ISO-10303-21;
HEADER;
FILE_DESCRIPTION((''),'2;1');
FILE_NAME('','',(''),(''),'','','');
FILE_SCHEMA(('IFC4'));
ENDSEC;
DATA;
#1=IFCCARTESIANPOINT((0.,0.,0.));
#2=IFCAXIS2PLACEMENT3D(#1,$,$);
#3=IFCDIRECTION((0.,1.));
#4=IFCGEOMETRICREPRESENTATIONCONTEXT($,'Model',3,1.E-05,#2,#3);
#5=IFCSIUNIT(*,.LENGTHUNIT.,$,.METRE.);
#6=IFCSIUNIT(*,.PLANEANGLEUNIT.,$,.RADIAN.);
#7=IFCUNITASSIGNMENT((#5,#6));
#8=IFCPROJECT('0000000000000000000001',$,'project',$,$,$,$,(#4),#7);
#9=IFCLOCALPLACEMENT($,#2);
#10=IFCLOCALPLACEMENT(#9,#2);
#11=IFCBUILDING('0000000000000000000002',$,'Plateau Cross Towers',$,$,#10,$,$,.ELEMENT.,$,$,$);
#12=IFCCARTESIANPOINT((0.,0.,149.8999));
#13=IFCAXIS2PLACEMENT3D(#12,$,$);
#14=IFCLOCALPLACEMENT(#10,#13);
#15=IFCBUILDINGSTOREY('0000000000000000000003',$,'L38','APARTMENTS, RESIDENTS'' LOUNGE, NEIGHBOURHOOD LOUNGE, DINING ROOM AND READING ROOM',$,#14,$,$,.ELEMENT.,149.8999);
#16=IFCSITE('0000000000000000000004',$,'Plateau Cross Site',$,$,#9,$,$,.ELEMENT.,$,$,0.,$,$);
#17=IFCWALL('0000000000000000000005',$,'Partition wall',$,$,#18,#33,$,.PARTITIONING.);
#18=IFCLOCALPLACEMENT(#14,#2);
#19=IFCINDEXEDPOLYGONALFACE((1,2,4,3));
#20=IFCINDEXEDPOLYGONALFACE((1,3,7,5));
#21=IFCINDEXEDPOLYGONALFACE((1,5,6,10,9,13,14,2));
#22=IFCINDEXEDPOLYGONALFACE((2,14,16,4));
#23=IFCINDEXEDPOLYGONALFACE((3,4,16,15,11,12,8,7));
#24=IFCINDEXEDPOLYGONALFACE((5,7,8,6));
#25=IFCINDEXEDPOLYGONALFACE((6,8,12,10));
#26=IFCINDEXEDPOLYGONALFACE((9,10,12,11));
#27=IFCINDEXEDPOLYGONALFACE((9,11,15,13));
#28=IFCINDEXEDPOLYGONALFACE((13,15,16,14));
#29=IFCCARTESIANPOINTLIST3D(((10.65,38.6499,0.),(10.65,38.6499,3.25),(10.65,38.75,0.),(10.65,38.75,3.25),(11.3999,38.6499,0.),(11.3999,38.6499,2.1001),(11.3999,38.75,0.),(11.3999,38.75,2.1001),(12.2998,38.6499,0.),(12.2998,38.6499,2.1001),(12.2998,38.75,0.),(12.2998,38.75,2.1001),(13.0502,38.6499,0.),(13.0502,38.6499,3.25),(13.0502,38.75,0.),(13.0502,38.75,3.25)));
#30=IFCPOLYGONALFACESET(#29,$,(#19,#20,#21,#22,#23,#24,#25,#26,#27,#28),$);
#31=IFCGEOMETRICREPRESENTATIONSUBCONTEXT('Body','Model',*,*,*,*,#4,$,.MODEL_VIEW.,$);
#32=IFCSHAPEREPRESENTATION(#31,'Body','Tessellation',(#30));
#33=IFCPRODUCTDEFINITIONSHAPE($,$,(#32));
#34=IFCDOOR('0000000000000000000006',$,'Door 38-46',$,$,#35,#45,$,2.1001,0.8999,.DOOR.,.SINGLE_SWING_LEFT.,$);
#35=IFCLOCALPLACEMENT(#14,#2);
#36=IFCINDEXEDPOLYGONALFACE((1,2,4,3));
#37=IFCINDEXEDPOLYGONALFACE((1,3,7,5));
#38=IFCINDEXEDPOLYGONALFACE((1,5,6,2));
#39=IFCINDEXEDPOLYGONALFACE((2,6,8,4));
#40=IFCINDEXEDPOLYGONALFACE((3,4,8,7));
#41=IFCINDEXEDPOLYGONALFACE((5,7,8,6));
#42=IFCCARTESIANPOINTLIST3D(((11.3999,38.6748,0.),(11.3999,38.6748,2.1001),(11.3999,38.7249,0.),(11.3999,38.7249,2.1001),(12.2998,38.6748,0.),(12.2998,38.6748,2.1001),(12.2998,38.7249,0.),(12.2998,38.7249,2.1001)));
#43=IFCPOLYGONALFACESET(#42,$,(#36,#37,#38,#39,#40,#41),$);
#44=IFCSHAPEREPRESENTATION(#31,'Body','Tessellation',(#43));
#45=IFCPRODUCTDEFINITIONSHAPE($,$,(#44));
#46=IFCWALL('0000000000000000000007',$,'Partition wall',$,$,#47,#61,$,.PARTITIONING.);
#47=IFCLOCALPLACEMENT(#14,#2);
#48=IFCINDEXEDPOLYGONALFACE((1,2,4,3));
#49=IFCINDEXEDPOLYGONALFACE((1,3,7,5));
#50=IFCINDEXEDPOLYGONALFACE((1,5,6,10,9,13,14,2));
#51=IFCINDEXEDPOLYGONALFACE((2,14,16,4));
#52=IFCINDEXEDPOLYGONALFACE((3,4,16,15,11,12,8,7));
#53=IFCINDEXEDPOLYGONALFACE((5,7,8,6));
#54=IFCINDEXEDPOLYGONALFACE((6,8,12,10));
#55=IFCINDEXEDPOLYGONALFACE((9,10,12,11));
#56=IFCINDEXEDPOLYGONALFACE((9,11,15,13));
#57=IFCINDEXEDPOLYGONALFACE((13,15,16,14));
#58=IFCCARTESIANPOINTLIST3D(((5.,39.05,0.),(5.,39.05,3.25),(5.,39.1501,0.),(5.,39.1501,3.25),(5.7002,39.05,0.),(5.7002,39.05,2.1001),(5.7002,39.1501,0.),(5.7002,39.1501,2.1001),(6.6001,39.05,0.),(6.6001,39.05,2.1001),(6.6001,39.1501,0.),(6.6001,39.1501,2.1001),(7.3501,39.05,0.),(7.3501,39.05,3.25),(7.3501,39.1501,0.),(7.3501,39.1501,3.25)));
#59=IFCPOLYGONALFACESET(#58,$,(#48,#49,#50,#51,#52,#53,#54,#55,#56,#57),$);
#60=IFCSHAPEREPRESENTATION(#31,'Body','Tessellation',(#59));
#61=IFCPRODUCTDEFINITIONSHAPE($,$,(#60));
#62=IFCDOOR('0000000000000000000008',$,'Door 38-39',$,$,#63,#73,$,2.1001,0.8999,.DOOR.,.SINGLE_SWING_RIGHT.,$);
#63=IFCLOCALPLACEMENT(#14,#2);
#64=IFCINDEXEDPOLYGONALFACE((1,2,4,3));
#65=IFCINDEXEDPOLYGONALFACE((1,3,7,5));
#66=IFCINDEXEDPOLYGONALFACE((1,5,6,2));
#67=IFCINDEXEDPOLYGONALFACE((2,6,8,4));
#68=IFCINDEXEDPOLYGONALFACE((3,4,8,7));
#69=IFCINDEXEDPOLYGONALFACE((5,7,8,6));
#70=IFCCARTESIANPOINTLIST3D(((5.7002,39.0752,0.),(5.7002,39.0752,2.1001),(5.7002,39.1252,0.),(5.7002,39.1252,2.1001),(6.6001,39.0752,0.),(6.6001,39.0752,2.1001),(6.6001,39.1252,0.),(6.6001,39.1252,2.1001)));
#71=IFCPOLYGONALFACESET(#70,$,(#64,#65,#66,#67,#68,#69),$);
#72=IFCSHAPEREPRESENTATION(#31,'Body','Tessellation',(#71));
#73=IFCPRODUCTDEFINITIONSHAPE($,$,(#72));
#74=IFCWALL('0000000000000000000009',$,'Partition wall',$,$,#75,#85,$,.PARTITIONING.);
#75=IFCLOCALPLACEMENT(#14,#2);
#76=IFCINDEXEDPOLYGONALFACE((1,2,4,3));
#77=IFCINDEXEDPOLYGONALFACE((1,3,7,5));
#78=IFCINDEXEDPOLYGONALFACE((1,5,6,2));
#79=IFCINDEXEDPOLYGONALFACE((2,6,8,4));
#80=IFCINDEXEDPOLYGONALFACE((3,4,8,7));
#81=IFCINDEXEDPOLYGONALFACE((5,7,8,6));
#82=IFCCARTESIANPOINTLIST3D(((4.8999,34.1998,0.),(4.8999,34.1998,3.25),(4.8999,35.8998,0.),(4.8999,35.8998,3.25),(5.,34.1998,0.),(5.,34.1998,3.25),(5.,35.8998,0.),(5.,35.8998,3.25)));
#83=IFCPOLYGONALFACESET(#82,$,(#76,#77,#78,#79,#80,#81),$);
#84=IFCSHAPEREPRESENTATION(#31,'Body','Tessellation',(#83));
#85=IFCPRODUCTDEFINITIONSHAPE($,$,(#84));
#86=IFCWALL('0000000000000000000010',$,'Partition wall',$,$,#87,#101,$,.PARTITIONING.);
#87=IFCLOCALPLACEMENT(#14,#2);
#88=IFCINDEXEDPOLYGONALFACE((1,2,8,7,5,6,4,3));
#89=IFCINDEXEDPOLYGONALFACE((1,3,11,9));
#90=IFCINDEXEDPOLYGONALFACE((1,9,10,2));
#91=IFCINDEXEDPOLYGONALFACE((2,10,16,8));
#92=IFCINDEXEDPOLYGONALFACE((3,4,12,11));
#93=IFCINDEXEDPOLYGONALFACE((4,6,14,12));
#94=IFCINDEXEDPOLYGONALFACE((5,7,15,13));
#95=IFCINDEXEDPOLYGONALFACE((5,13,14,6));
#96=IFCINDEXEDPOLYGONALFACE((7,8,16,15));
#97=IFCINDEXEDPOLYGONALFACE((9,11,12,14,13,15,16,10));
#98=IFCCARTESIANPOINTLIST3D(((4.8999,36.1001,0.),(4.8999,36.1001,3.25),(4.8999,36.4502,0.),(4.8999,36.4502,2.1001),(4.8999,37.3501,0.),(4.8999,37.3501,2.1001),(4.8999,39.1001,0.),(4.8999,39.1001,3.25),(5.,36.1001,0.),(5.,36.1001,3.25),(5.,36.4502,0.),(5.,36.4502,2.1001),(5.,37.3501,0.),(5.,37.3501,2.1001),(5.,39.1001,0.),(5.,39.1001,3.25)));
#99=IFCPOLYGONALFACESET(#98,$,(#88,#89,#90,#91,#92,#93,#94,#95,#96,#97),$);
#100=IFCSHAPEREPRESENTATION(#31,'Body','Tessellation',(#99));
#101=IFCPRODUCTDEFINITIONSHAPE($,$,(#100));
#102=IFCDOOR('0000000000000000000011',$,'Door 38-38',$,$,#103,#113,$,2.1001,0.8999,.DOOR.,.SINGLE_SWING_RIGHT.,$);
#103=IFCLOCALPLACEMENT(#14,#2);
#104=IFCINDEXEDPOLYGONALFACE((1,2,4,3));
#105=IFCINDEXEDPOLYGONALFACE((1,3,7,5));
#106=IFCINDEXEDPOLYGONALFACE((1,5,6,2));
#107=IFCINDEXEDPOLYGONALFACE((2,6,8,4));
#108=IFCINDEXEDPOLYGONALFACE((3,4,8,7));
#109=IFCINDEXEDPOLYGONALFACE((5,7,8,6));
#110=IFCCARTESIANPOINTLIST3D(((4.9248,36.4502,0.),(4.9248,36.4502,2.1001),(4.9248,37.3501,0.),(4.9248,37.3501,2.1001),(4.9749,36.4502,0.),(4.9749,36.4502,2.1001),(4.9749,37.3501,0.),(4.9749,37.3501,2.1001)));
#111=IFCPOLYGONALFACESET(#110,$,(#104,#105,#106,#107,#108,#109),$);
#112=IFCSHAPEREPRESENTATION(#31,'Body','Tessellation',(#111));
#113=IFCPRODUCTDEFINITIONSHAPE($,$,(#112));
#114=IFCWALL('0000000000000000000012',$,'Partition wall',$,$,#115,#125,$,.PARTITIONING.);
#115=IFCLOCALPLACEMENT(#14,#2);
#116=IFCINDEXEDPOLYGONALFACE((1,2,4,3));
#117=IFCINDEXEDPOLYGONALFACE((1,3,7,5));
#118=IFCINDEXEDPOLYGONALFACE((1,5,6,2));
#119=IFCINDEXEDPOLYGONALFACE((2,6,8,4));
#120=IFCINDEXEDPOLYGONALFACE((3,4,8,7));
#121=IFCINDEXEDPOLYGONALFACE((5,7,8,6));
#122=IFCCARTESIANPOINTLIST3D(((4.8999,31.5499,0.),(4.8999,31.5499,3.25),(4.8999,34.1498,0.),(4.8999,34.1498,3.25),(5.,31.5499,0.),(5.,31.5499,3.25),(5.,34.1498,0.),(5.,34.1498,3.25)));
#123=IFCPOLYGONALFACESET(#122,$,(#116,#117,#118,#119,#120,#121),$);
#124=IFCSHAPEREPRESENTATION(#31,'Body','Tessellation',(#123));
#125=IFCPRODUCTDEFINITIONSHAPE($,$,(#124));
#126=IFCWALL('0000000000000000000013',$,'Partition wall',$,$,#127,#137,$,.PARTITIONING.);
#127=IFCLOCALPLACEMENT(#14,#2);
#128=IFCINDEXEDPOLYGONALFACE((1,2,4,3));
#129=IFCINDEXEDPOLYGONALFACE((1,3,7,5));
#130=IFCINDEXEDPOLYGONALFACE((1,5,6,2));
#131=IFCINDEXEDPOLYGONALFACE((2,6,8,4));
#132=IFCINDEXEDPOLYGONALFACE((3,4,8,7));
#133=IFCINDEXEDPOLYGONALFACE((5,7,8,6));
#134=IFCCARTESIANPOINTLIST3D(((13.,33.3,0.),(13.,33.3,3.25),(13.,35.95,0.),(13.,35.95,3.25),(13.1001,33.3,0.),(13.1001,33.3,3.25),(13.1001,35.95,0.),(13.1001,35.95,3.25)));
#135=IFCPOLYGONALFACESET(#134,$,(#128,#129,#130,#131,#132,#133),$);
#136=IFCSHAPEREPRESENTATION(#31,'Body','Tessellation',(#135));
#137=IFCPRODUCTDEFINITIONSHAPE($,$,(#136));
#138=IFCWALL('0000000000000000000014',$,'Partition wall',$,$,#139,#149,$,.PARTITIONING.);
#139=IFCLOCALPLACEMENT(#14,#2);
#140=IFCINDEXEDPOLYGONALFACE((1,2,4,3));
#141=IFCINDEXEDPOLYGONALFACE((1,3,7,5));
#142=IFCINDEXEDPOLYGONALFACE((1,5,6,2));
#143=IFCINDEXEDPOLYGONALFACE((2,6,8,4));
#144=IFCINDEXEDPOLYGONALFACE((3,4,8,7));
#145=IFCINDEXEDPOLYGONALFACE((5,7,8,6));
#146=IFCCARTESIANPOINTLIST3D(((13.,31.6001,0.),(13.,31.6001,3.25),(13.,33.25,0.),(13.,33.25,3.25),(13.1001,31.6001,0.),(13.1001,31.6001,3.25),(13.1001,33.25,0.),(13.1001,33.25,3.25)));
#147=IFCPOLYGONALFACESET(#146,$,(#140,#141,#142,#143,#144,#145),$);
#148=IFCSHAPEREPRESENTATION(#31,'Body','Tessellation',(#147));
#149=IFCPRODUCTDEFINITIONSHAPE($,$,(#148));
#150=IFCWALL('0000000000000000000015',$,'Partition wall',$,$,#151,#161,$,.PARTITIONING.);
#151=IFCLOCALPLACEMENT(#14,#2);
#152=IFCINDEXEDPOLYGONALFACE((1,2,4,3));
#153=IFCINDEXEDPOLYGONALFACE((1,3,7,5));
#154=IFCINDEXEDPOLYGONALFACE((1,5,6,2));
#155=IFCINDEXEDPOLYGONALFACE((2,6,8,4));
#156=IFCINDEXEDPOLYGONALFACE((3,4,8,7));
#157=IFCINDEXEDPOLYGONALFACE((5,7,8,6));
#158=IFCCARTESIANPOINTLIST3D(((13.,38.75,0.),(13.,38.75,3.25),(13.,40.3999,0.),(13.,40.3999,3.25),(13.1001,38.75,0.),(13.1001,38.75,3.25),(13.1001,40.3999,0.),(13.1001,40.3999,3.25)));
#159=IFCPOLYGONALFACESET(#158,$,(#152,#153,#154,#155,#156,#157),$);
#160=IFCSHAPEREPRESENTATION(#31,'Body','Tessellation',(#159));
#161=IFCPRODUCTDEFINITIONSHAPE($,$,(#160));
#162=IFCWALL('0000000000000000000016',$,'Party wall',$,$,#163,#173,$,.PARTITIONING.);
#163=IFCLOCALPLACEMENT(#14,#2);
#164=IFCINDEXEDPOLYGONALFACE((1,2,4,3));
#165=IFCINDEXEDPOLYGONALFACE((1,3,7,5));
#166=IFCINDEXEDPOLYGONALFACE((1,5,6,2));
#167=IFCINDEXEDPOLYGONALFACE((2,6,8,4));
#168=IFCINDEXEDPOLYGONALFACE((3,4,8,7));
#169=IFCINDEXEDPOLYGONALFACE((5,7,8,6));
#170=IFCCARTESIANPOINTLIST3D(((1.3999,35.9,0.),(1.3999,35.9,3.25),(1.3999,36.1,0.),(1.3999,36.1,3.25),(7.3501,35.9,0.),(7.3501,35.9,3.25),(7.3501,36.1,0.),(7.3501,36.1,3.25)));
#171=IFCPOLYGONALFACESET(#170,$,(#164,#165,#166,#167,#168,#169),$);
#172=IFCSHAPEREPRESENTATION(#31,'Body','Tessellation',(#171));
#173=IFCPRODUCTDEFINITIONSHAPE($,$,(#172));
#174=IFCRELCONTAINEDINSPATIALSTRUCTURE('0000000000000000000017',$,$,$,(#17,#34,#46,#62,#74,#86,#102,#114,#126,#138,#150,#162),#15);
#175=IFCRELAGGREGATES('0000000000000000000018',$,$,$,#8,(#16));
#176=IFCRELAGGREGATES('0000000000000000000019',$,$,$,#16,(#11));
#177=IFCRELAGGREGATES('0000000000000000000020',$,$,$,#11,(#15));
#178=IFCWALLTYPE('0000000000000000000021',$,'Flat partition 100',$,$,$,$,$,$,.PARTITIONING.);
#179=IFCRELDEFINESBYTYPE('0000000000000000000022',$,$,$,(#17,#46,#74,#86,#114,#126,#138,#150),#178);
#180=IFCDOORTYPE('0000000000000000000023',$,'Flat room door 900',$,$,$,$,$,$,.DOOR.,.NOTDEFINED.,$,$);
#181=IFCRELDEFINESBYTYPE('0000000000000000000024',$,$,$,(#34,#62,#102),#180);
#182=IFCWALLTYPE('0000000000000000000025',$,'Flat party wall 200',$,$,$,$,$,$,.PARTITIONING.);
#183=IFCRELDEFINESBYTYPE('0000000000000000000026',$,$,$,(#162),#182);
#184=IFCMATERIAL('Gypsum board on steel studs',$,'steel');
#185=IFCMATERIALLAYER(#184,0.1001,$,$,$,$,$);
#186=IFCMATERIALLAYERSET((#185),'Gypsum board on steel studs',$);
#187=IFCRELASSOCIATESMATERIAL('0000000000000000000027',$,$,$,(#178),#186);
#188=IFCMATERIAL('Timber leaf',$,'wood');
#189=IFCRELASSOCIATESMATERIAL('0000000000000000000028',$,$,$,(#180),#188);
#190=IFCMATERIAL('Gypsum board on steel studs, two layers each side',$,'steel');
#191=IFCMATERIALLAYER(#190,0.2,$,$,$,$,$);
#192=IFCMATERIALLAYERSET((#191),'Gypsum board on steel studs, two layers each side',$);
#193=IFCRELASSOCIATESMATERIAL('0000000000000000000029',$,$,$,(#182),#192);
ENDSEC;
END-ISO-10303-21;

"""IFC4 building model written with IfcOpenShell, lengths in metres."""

from ifc_helpers import new_model, si_unit, direction, frame, frame_2d, origin, place, context, subcontext, project, spatial, rectangle, extrude, material, layer, layer_set, type_object, element, fill, save


model = new_model("IFC4")

# Units and contexts
model_context = context("Model", 3, precision=1e-05, world=origin(), true_north=direction((0.0, 1.0)))
body_context = subcontext(model_context, "Body", "Model", "MODEL_VIEW")
ifc_project = project(units=[si_unit("LENGTHUNIT", "METRE"), si_unit("PLANEANGLEUNIT", "RADIAN")], contexts=[model_context])

# Site, building, storey
site_placement = place(None, origin())
site = spatial("IfcSite", under=ifc_project, at=site_placement, Name="Plateau Cross Site", CompositionType="ELEMENT", RefElevation=0.0)
building_placement = place(site_placement, origin())
building = spatial("IfcBuilding", under=site, at=building_placement, Name="Plateau Cross Towers", CompositionType="ELEMENT")
storey_placement = place(building_placement, frame((0.0, 0.0, 149.8999)))
storey = spatial("IfcBuildingStorey", under=building, at=storey_placement, Name="L38", Description="APARTMENTS, RESIDENTS' LOUNGE, NEIGHBOURHOOD LOUNGE, DINING ROOM AND READING ROOM", CompositionType="ELEMENT", Elevation=149.8999)

# Shared definitions
ifc_material_1 = material(Name="Gypsum board on steel studs", Category="steel")
ifc_layer_1 = layer(ifc_material_1, 0.1001)
ifc_layer_set_1 = layer_set([ifc_layer_1], Name="Gypsum board on steel studs")
wall_type_1 = type_object("IfcWallType", Name="Flat partition 100", PredefinedType="PARTITIONING", material=ifc_layer_set_1)
ifc_material_2 = material(Name="Timber leaf", Category="wood")
door_type_1 = type_object("IfcDoorType", Name="Flat room door 900", OperationType="NOTDEFINED", PredefinedType="DOOR", material=ifc_material_2)

# Walls, openings, doors
wall_1_placement = place(storey_placement, frame((10.6499, 38.7, 0.0), z_axis=(0.0, 0.0, 1.0), x_axis=(1.0, 0.0, 0.0)))
wall_1 = element("IfcWall", 1, at=wall_1_placement, inside=storey, type_object=wall_type_1, Name="Partition wall", PredefinedType="PARTITIONING", context=body_context, shape_type="SweptSolid", body=[
    extrude(rectangle(XDim=2.4001, YDim=0.1001, at=frame_2d((1.2002, 0.0))), origin(), (0.0, 0.0, 1.0), 3.25),
])
opening_1_placement = place(wall_1_placement, frame((0.75, 0.0, 0.0)))
opening_1 = element("IfcOpeningElement", 2, at=opening_1_placement, cuts=wall_1, PredefinedType="OPENING", context=body_context, shape_type="SweptSolid", body=[
    extrude(rectangle(XDim=0.8999, YDim=2.1001, at=frame_2d((0.45, 1.05))), frame((0.0, 0.0601, 0.0), z_axis=(0.0, -1.0, 0.0), x_axis=(1.0, 0.0, 0.0)), (0.0, 0.0, 1.0), 0.1201),
])
door_1_placement = place(opening_1_placement, origin())
door_1 = element("IfcDoor", 3, at=door_1_placement, inside=storey, type_object=door_type_1, Name="Door 38-46", OperationType="SINGLE_SWING_LEFT", OverallHeight=2.1001, OverallWidth=0.8999, PredefinedType="DOOR", context=body_context, shape_type="SweptSolid", body=[
    extrude(rectangle(XDim=0.8999, YDim=2.1001, at=frame_2d((0.45, 1.05))), frame((0.0, 0.0249, 0.0), z_axis=(0.0, -1.0, 0.0), x_axis=(1.0, 0.0, 0.0)), (0.0, 0.0, 1.0), 0.05),
])
fill(opening_1, door_1)
wall_2_placement = place(storey_placement, frame((7.3501, 39.1001, 0.0), z_axis=(0.0, 0.0, 1.0), x_axis=(-1.0, 0.0, 0.0)))
wall_2 = element("IfcWall", 4, at=wall_2_placement, inside=storey, type_object=wall_type_1, Name="Partition wall", PredefinedType="PARTITIONING", context=body_context, shape_type="SweptSolid", body=[
    extrude(rectangle(XDim=2.3501, YDim=0.1001, at=frame_2d((1.175, 0.0))), origin(), (0.0, 0.0, 1.0), 3.25),
])
opening_2_placement = place(wall_2_placement, frame((0.75, 0.0, 0.0)))
opening_2 = element("IfcOpeningElement", 5, at=opening_2_placement, cuts=wall_2, PredefinedType="OPENING", context=body_context, shape_type="SweptSolid", body=[
    extrude(rectangle(XDim=0.8999, YDim=2.1001, at=frame_2d((0.45, 1.05))), frame((0.0, 0.0601, 0.0), z_axis=(0.0, -1.0, 0.0), x_axis=(1.0, 0.0, 0.0)), (0.0, 0.0, 1.0), 0.1201),
])
door_2_placement = place(opening_2_placement, origin())
door_2 = element("IfcDoor", 6, at=door_2_placement, inside=storey, type_object=door_type_1, Name="Door 38-39", OperationType="SINGLE_SWING_RIGHT", OverallHeight=2.1001, OverallWidth=0.8999, PredefinedType="DOOR", context=body_context, shape_type="SweptSolid", body=[
    extrude(rectangle(XDim=0.8999, YDim=2.1001, at=frame_2d((0.45, 1.05))), frame((0.0, 0.0249, 0.0), z_axis=(0.0, -1.0, 0.0), x_axis=(1.0, 0.0, 0.0)), (0.0, 0.0, 1.0), 0.05),
])
fill(opening_2, door_2)

# Wall
wall_3_placement = place(storey_placement, frame((4.95, 35.8999, 0.0), z_axis=(0.0, 0.0, 1.0), x_axis=(0.0, -1.0, 0.0)))
element("IfcWall", 7, at=wall_3_placement, inside=storey, type_object=wall_type_1, Name="Partition wall", PredefinedType="PARTITIONING", context=body_context, shape_type="SweptSolid", body=[
    extrude(rectangle(XDim=1.7, YDim=0.1001, at=frame_2d((0.8501, 0.0))), origin(), (0.0, 0.0, 1.0), 3.25),
])

# Wall, opening, door
wall_4_placement = place(storey_placement, frame((4.95, 39.1001, 0.0), z_axis=(0.0, 0.0, 1.0), x_axis=(0.0, -1.0, 0.0)))
wall_4 = element("IfcWall", 8, at=wall_4_placement, inside=storey, type_object=wall_type_1, Name="Partition wall", PredefinedType="PARTITIONING", context=body_context, shape_type="SweptSolid", body=[
    extrude(rectangle(XDim=3.0, YDim=0.1001, at=frame_2d((1.5, 0.0))), origin(), (0.0, 0.0, 1.0), 3.25),
])
opening_3_placement = place(wall_4_placement, frame((1.75, 0.0, 0.0)))
opening_3 = element("IfcOpeningElement", 9, at=opening_3_placement, cuts=wall_4, PredefinedType="OPENING", context=body_context, shape_type="SweptSolid", body=[
    extrude(rectangle(XDim=0.8999, YDim=2.1001, at=frame_2d((0.45, 1.05))), frame((0.0, 0.0601, 0.0), z_axis=(0.0, -1.0, 0.0), x_axis=(1.0, 0.0, 0.0)), (0.0, 0.0, 1.0), 0.1201),
])
door_3_placement = place(opening_3_placement, origin())
door_3 = element("IfcDoor", 10, at=door_3_placement, inside=storey, type_object=door_type_1, Name="Door 38-38", OperationType="SINGLE_SWING_RIGHT", OverallHeight=2.1001, OverallWidth=0.8999, PredefinedType="DOOR", context=body_context, shape_type="SweptSolid", body=[
    extrude(rectangle(XDim=0.8999, YDim=2.1001, at=frame_2d((0.45, 1.05))), frame((0.0, 0.0249, 0.0), z_axis=(0.0, -1.0, 0.0), x_axis=(1.0, 0.0, 0.0)), (0.0, 0.0, 1.0), 0.05),
])
fill(opening_3, door_3)

# Walls
wall_5_placement = place(storey_placement, frame((4.95, 31.55, 0.0), z_axis=(0.0, 0.0, 1.0), x_axis=(0.0, 1.0, 0.0)))
element("IfcWall", 11, at=wall_5_placement, inside=storey, type_object=wall_type_1, Name="Partition wall", PredefinedType="PARTITIONING", context=body_context, shape_type="SweptSolid", body=[
    extrude(rectangle(XDim=2.5999, YDim=0.1001, at=frame_2d((1.2998, 0.0))), origin(), (0.0, 0.0, 1.0), 3.25),
])
wall_6_placement = place(storey_placement, frame((13.05, 35.95, 0.0), z_axis=(0.0, 0.0, 1.0), x_axis=(0.0, -1.0, 0.0)))
element("IfcWall", 12, at=wall_6_placement, inside=storey, type_object=wall_type_1, Name="Partition wall", PredefinedType="PARTITIONING", context=body_context, shape_type="SweptSolid", body=[
    extrude(rectangle(XDim=2.6499, YDim=0.1001, at=frame_2d((1.325, 0.0))), origin(), (0.0, 0.0, 1.0), 3.25),
])
for number, where, z_axis, x_axis, name in (
    (13, (13.05, 31.6001, 0.0), (0.0, 0.0, 1.0), (0.0, 1.0, 0.0), "Partition wall"),
    (14, (13.05, 38.75, 0.0), (0.0, 0.0, 1.0), (0.0, 1.0, 0.0), "Partition wall"),
):
    element("IfcWall", number, at=place(storey_placement, frame(where, z_axis=z_axis, x_axis=x_axis)), inside=storey, type_object=wall_type_1, Name=name, PredefinedType="PARTITIONING", context=body_context, shape_type="SweptSolid", body=[
        extrude(rectangle(XDim=1.6499, YDim=0.1001, at=frame_2d((0.825, 0.0))), origin(), (0.0, 0.0, 1.0), 3.25),
    ])
ifc_material_3 = material(Name="Gypsum board on steel studs, two layers each side", Category="steel")
ifc_layer_2 = layer(ifc_material_3, 0.2)
ifc_layer_set_2 = layer_set([ifc_layer_2], Name="Gypsum board on steel studs, two layers each side")
wall_type_2 = type_object("IfcWallType", Name="Flat party wall 200", PredefinedType="PARTITIONING", material=ifc_layer_set_2)
wall_7_placement = place(storey_placement, frame((7.3501, 36.0, 0.0), z_axis=(0.0, 0.0, 1.0), x_axis=(-1.0, 0.0, 0.0)))
element("IfcWall", 15, at=wall_7_placement, inside=storey, type_object=wall_type_2, Name="Party wall", PredefinedType="PARTITIONING", context=body_context, shape_type="SweptSolid", body=[
    extrude(rectangle(XDim=5.9502, YDim=0.2, at=frame_2d((2.9751, 0.0))), origin(), (0.0, 0.0, 1.0), 3.25),
])

save(model, "model.ifc")
